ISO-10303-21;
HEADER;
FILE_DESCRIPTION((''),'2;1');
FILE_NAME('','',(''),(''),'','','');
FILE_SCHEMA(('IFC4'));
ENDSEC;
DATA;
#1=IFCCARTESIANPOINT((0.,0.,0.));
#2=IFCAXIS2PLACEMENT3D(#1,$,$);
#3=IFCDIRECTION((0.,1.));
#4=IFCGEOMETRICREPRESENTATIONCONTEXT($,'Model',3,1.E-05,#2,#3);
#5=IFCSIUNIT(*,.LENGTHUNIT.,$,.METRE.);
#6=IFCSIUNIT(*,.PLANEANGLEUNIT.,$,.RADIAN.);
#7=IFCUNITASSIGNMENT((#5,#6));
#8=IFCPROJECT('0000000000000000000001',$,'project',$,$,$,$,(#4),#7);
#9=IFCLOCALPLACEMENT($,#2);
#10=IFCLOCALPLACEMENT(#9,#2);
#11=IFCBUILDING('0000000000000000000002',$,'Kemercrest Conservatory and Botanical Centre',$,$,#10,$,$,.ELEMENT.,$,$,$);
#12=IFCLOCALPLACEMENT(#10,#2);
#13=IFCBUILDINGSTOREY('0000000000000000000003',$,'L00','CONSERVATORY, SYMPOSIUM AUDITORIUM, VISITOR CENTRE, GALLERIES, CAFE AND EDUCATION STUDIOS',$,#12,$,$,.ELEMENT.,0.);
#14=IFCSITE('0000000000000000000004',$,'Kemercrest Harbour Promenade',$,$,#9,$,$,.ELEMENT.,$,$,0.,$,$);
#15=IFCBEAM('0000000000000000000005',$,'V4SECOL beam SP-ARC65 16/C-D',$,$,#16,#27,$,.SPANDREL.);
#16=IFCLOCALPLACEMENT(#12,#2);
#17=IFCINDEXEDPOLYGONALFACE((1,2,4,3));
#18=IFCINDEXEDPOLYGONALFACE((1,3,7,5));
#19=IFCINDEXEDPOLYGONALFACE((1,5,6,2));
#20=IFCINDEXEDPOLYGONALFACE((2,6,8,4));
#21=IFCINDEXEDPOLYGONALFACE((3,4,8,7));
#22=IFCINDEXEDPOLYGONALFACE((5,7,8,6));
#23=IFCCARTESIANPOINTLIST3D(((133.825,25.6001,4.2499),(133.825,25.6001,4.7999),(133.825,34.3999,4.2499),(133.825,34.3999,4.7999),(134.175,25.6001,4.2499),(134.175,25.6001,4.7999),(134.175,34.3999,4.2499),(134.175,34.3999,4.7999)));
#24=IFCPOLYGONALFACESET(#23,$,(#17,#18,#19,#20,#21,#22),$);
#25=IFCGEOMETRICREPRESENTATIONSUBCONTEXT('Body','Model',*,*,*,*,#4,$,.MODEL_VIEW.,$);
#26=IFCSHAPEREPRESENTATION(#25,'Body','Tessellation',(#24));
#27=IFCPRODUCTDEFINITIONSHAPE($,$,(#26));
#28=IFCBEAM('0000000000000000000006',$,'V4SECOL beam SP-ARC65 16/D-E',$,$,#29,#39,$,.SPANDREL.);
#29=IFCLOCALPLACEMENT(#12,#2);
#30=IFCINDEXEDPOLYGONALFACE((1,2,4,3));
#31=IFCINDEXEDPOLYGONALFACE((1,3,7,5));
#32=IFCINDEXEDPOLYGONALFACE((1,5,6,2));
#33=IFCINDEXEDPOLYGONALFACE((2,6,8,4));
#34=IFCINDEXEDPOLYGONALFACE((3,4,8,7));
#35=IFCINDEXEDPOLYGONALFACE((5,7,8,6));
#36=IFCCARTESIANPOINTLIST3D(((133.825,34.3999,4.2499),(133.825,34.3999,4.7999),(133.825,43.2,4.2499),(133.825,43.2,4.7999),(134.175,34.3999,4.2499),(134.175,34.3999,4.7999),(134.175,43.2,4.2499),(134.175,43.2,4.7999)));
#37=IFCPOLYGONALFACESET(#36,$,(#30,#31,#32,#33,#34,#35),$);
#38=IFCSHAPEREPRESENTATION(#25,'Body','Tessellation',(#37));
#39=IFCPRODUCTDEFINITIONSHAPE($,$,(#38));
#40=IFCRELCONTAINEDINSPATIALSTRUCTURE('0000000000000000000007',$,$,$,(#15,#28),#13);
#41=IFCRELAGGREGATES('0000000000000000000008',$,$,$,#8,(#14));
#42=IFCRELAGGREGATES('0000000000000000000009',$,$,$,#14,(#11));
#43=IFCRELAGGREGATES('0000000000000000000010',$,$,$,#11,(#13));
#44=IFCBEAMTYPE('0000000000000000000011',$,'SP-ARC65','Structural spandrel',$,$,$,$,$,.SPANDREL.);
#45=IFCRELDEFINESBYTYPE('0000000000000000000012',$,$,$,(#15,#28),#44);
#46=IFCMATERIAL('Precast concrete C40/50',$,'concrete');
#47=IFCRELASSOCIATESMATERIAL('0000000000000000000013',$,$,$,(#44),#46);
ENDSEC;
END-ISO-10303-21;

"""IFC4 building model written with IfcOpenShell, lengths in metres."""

from ifc_helpers import new_model, si_unit, direction, frame, origin, origin_2d, place, context, subcontext, project, spatial, rectangle, extrude, material, material_profile, profile_set, type_object, element, save


model = new_model("IFC4")

# Units and contexts
model_context = context("Model", 3, precision=1e-05, world=origin(), true_north=direction((0.0, 1.0)))
body_context = subcontext(model_context, "Body", "Model", "MODEL_VIEW")
ifc_project = project(units=[si_unit("LENGTHUNIT", "METRE"), si_unit("PLANEANGLEUNIT", "RADIAN")], contexts=[model_context])

# Site, building, storey
site_placement = place(None, origin())
site = spatial("IfcSite", under=ifc_project, at=site_placement, Name="Kemercrest Harbour Promenade", CompositionType="ELEMENT", RefElevation=0.0)
building_placement = place(site_placement, origin())
building = spatial("IfcBuilding", under=site, at=building_placement, Name="Kemercrest Conservatory and Botanical Centre", CompositionType="ELEMENT")
storey_placement = place(building_placement, origin())
storey = spatial("IfcBuildingStorey", under=building, at=storey_placement, Name="L00", Description="CONSERVATORY, SYMPOSIUM AUDITORIUM, VISITOR CENTRE, GALLERIES, CAFE AND EDUCATION STUDIOS", CompositionType="ELEMENT", Elevation=0.0)

# Shared definitions
ifc_material_1 = material(Name="Precast concrete C40/50", Category="concrete")

# Beams
ifc_material_profile_1 = material_profile(ifc_material_1, rectangle(XDim=0.3501, YDim=0.55, at=origin_2d()), Name="RC 350x550")
ifc_profile_set_1 = profile_set([ifc_material_profile_1], Name="Precast concrete C40/50")
beam_type_1 = type_object("IfcBeamType", Name="SP-ARC65", Description="Structural spandrel", PredefinedType="SPANDREL", material=ifc_profile_set_1)
beam_1_placement = place(storey_placement, frame((134.0, 25.6001, 4.5249), z_axis=(0.0, 1.0, 0.0), x_axis=(-1.0, 0.0, 0.0)))
element("IfcBeam", 1, at=beam_1_placement, inside=storey, type_object=beam_type_1, Name="V4SECOL beam SP-ARC65 16/C-D", PredefinedType="SPANDREL", context=body_context, shape_type="SweptSolid", body=[
    extrude(rectangle(XDim=0.3501, YDim=0.55, at=origin_2d()), origin(), (0.0, 0.0, 1.0), 8.7998),
])
beam_2_placement = place(storey_placement, frame((134.0, 34.3999, 4.5249), z_axis=(0.0, 1.0, 0.0), x_axis=(-1.0, 0.0, 0.0)))
element("IfcBeam", 2, at=beam_2_placement, inside=storey, type_object=beam_type_1, Name="V4SECOL beam SP-ARC65 16/D-E", PredefinedType="SPANDREL", context=body_context, shape_type="SweptSolid", body=[
    extrude(rectangle(XDim=0.3501, YDim=0.55, at=origin_2d()), origin(), (0.0, 0.0, 1.0), 8.8),
])

save(model, "model.ifc")
